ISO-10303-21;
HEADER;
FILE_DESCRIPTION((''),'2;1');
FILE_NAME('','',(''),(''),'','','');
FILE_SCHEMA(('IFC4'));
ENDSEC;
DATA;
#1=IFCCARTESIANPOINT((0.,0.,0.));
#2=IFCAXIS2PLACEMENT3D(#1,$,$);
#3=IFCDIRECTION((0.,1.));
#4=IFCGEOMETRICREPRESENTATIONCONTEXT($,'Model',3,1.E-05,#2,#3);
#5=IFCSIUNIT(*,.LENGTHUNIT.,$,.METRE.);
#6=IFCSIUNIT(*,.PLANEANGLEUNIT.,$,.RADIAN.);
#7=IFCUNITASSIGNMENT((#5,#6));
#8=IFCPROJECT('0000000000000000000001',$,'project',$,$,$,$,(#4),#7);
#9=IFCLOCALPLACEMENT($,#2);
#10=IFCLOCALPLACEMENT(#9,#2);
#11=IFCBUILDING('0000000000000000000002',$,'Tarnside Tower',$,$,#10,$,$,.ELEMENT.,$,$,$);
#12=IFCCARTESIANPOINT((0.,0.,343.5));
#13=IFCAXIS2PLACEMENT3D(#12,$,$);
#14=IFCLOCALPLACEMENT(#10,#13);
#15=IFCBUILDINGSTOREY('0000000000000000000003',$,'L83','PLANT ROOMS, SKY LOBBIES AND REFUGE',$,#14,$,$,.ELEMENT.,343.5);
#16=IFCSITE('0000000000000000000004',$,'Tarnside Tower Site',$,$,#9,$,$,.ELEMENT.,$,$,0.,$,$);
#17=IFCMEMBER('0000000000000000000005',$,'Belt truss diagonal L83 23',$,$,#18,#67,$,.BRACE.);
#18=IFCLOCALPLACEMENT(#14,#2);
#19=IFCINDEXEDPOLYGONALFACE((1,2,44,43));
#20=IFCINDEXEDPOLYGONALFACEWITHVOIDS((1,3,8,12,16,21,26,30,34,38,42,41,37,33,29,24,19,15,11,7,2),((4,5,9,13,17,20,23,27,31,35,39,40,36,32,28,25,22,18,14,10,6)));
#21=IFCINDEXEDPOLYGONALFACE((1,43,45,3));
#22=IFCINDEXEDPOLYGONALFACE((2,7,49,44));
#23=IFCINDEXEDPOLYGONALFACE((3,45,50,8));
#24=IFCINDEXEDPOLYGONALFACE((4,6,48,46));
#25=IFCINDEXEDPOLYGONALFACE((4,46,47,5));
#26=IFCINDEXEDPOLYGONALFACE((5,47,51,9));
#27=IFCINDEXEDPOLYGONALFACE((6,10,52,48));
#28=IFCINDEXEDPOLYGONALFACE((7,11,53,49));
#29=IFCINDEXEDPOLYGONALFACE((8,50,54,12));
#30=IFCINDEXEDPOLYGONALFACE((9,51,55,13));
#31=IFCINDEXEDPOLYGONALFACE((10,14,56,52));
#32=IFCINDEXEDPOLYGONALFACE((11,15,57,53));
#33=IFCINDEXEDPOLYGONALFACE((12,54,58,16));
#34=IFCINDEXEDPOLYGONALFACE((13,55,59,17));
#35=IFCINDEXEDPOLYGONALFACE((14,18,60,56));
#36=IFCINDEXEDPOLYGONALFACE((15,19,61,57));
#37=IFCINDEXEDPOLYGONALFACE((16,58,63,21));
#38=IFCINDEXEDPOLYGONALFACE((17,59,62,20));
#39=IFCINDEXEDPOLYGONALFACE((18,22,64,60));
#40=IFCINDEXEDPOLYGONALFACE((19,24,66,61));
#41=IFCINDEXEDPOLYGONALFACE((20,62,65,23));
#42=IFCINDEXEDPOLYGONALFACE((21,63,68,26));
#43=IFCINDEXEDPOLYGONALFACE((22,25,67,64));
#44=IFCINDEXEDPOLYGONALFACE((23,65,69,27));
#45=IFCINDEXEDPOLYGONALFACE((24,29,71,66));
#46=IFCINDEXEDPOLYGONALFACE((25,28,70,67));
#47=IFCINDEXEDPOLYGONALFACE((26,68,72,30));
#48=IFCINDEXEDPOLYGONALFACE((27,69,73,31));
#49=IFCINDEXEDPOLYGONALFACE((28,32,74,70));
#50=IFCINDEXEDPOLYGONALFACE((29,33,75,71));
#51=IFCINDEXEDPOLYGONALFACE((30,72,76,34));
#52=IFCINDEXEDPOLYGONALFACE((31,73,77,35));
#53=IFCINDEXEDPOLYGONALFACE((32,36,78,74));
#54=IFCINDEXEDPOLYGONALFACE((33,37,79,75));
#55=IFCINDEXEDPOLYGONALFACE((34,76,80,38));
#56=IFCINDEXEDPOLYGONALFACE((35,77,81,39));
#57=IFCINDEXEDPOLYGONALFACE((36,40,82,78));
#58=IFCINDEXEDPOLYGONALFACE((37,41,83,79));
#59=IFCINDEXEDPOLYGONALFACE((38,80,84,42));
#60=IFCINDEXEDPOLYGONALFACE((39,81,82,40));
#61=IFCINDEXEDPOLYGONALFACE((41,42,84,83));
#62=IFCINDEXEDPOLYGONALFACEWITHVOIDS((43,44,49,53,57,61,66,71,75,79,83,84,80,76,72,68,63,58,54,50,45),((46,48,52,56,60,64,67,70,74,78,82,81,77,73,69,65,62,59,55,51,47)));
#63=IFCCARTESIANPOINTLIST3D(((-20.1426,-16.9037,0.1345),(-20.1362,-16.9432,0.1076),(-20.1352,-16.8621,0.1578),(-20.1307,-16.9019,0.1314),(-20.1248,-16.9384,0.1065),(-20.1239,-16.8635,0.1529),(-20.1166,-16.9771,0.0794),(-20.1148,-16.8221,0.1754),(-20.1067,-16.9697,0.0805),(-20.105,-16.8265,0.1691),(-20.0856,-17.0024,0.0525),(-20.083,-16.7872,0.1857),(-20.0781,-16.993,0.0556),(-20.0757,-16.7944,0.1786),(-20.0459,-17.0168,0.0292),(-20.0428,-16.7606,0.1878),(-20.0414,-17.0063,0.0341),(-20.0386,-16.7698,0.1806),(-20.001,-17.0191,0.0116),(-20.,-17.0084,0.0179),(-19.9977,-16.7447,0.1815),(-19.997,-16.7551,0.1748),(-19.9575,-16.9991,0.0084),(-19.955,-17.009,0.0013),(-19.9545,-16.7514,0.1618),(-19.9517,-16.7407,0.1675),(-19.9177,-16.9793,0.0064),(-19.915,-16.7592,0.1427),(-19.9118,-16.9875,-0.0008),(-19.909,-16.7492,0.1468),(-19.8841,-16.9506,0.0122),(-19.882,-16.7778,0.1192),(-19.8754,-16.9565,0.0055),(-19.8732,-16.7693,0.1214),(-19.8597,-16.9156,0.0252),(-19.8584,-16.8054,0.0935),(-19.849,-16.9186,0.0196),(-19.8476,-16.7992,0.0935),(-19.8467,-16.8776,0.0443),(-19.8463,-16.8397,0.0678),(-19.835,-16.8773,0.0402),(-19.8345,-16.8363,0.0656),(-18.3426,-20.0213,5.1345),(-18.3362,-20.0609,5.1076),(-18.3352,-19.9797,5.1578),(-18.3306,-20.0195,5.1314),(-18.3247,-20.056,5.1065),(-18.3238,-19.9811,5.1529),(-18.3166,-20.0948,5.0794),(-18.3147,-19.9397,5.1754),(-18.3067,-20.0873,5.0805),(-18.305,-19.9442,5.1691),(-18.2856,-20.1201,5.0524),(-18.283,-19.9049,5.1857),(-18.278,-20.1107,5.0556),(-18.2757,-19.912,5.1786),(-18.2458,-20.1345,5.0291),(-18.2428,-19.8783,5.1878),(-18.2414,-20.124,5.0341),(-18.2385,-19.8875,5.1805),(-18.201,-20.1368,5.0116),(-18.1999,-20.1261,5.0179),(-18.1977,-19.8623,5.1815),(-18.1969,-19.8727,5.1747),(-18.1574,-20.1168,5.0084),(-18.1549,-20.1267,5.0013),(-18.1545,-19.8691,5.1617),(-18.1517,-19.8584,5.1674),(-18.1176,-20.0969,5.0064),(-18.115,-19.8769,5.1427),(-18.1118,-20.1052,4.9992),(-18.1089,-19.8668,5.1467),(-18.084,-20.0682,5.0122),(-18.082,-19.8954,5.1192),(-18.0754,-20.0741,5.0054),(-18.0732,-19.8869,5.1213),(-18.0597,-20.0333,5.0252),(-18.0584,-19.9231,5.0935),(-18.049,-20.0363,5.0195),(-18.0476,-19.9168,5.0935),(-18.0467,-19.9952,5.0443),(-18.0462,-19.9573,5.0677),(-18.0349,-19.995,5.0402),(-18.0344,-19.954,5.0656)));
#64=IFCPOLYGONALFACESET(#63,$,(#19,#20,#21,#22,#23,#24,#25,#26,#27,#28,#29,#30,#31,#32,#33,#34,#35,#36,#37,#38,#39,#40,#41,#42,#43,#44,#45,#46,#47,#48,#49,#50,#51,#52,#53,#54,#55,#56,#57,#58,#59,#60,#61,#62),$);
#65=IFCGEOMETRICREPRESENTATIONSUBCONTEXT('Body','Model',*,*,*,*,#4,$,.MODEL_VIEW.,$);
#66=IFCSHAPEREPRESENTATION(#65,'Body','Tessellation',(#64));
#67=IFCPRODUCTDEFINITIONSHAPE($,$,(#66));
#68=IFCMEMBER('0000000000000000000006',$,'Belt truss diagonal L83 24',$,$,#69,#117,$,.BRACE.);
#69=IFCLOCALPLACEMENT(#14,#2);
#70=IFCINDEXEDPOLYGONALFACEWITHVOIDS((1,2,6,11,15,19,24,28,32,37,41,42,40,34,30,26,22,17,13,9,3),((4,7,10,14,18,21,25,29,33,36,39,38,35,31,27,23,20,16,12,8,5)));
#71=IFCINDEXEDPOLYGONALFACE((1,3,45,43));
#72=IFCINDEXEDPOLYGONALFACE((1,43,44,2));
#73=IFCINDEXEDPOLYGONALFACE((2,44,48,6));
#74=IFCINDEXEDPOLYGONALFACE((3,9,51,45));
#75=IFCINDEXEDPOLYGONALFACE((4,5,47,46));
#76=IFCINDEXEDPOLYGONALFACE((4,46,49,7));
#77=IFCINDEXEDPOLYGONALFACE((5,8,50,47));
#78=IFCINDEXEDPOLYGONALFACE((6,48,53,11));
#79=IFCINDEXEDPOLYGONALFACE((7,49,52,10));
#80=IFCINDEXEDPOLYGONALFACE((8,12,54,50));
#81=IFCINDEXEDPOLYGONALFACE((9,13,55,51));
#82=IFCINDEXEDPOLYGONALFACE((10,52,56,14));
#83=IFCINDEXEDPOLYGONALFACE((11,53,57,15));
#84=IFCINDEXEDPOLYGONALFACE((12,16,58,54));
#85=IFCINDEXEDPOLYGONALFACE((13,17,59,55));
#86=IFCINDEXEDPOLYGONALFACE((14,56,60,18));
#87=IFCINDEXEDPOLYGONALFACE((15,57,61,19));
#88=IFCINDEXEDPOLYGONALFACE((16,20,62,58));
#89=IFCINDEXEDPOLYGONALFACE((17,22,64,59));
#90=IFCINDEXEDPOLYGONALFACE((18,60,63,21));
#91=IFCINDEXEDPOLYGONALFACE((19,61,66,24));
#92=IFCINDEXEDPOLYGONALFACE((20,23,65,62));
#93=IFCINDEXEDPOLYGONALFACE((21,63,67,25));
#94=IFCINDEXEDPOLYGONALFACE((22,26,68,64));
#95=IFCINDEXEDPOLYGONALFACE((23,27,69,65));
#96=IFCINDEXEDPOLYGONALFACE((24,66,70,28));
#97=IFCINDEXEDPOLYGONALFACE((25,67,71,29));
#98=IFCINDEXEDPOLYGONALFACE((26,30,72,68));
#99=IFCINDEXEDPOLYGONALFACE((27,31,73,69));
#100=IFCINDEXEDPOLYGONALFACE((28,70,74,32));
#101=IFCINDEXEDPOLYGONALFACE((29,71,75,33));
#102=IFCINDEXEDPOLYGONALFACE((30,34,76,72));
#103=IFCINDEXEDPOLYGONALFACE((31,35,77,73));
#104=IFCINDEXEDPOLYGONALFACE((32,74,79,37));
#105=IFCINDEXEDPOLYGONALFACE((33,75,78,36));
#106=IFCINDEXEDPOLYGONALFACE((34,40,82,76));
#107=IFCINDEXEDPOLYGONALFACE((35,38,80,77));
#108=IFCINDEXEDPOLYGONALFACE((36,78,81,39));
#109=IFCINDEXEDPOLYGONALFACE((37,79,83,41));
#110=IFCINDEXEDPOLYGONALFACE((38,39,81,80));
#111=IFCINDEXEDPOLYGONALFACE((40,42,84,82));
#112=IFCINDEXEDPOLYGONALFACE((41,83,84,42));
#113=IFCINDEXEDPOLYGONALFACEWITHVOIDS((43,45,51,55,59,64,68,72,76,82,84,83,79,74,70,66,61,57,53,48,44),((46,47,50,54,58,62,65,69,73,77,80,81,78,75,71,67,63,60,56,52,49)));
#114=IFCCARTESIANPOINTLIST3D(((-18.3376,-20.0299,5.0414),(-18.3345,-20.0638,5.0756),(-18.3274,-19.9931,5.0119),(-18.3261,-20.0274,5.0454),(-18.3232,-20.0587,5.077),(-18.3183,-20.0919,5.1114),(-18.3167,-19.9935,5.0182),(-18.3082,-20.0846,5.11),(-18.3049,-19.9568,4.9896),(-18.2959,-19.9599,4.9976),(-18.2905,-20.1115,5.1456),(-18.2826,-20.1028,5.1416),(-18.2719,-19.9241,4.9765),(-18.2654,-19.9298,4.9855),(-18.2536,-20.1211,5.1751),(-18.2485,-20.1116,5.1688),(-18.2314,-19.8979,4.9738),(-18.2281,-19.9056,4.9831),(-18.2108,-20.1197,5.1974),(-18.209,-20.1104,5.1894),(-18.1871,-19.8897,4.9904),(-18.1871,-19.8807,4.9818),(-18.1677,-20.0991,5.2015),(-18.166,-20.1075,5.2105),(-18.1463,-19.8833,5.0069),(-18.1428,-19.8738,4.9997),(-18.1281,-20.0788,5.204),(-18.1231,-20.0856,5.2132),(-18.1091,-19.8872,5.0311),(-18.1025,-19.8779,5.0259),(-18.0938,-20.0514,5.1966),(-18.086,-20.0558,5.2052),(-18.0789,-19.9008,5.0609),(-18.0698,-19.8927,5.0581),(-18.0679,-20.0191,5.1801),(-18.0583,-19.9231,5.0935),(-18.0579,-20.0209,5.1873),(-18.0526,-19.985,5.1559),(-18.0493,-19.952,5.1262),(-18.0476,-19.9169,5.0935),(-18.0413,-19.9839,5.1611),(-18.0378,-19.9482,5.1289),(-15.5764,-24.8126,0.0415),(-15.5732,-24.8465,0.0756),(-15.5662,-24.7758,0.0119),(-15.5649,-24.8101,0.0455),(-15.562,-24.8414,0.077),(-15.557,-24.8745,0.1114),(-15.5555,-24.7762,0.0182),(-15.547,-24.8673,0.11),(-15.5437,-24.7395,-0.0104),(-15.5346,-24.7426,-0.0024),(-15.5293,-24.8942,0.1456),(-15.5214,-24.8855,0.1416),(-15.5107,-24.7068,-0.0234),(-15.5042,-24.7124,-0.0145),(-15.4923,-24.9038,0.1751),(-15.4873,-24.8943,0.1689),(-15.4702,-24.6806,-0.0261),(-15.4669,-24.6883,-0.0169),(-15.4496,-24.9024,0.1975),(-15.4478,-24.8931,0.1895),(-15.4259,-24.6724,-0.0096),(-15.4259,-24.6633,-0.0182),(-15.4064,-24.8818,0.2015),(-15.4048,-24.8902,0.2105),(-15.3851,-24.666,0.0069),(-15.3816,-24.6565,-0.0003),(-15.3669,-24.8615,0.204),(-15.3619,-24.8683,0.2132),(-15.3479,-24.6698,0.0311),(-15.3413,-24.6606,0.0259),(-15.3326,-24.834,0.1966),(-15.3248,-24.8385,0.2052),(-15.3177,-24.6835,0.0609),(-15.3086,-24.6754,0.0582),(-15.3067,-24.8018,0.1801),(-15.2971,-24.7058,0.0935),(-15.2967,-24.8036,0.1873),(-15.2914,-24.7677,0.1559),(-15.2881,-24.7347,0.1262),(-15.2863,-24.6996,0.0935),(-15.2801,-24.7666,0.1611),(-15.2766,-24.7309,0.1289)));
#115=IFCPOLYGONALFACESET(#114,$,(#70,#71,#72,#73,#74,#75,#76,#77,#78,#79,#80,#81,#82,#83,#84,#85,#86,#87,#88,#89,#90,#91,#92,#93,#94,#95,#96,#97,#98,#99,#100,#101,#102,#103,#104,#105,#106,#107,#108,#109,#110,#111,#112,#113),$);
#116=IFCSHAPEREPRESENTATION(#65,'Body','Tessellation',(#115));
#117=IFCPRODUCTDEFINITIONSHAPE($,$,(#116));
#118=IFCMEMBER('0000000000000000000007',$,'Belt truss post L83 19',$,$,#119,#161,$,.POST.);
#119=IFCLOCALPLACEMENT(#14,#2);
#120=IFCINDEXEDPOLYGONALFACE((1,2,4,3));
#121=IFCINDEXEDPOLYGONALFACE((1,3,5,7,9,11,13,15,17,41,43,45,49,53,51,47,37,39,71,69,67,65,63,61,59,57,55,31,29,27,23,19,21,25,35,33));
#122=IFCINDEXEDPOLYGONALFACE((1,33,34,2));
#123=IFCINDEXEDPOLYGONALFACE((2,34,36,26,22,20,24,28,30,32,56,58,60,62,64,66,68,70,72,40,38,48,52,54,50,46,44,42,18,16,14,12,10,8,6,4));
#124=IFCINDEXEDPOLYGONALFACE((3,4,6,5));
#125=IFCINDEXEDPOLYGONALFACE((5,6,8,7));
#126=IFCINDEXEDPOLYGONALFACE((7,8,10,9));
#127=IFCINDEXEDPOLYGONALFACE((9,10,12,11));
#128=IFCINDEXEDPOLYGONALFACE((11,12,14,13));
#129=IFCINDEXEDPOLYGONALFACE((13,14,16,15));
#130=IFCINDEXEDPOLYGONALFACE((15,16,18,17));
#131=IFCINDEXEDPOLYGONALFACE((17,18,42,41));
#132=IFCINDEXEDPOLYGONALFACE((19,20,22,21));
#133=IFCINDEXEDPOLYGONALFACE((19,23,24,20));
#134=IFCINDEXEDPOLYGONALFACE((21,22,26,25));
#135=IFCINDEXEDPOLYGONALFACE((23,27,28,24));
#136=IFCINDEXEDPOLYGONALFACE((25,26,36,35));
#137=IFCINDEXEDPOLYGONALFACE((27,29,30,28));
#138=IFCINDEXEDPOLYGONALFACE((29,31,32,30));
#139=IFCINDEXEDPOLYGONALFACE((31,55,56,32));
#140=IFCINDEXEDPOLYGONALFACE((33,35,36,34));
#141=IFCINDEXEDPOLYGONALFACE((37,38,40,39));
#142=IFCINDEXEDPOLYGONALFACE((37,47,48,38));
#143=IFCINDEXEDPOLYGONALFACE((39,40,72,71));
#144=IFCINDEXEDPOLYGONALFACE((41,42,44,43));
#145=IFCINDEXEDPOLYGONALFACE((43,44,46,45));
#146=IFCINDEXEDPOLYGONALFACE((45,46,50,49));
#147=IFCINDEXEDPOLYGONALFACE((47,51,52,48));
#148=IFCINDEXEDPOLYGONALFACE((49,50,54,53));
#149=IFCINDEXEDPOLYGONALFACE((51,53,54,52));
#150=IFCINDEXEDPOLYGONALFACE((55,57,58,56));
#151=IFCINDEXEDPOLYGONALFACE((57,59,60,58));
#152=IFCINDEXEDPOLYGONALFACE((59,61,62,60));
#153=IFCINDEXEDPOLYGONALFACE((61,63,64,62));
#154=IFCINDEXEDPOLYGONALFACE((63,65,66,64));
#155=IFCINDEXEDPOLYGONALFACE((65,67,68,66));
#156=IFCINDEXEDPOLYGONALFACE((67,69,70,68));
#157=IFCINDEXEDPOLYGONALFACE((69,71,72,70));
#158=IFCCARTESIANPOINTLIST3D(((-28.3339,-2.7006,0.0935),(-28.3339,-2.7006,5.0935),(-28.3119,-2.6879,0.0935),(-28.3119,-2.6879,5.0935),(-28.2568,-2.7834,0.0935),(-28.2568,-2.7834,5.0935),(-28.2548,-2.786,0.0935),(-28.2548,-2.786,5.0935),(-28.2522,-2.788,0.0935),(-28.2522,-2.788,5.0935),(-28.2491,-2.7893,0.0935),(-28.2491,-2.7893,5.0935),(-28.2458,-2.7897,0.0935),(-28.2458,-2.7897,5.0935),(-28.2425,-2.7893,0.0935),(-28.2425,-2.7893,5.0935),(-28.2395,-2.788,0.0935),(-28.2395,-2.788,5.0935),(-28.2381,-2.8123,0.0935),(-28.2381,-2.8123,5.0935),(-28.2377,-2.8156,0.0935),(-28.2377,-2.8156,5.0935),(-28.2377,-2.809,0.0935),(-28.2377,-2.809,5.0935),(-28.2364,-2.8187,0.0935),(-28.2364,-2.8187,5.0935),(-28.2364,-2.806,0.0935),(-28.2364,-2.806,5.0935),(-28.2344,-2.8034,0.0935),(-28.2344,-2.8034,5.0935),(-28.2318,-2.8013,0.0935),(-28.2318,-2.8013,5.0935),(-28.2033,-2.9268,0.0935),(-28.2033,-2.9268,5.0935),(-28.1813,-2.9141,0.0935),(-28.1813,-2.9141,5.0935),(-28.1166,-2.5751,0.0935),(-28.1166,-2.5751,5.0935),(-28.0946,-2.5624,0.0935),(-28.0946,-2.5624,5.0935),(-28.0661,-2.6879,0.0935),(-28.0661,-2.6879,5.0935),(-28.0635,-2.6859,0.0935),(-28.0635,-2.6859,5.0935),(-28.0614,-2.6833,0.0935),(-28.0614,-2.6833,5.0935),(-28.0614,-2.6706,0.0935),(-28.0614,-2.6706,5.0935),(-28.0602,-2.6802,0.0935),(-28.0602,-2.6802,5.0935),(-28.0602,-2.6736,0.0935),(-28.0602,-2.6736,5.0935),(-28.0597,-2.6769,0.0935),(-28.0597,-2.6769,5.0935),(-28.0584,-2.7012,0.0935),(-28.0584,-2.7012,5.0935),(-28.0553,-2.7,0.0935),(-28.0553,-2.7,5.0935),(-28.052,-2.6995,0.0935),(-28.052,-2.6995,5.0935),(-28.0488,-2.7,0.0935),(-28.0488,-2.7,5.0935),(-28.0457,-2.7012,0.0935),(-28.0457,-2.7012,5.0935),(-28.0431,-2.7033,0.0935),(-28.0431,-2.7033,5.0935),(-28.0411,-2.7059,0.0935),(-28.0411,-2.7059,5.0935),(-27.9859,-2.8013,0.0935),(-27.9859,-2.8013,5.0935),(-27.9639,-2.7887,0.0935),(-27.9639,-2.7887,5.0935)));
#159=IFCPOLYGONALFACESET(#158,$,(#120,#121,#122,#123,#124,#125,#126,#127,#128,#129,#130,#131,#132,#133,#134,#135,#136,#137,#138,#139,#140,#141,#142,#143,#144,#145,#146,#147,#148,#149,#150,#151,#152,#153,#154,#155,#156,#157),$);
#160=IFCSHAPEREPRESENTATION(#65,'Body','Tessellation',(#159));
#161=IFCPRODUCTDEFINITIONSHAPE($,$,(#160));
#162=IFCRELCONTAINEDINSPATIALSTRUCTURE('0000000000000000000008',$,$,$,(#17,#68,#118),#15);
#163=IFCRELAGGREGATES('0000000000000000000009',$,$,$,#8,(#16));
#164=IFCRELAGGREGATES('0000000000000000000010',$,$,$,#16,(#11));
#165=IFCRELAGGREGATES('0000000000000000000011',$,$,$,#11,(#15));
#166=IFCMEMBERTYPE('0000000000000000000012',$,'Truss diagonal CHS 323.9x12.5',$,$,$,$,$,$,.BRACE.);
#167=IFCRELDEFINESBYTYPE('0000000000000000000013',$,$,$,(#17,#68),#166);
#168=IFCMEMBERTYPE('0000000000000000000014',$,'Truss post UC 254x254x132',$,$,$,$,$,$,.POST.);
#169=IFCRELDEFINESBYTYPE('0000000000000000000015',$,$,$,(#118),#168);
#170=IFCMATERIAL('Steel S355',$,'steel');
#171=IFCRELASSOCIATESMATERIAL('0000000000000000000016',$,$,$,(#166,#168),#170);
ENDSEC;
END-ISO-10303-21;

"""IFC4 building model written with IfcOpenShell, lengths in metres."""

from ifc_helpers import new_model, si_unit, direction, frame, origin, origin_2d, place, context, subcontext, project, spatial, hollow_circle, i_section, extrude, material, material_profile, profile_set, type_object, element, save


model = new_model("IFC4")

# Units and contexts
model_context = context("Model", 3, precision=1e-05, world=origin(), true_north=direction((0.0, 1.0)))
body_context = subcontext(model_context, "Body", "Model", "MODEL_VIEW")
ifc_project = project(units=[si_unit("LENGTHUNIT", "METRE"), si_unit("PLANEANGLEUNIT", "RADIAN")], contexts=[model_context])

# Site, building, storey
site_placement = place(None, origin())
site = spatial("IfcSite", under=ifc_project, at=site_placement, Name="Tarnside Tower Site", CompositionType="ELEMENT", RefElevation=0.0)
building_placement = place(site_placement, origin())
building = spatial("IfcBuilding", under=site, at=building_placement, Name="Tarnside Tower", CompositionType="ELEMENT")
storey_placement = place(building_placement, frame((0.0, 0.0, 343.5)))
storey = spatial("IfcBuildingStorey", under=building, at=storey_placement, Name="L83", Description="PLANT ROOMS, SKY LOBBIES AND REFUGE", CompositionType="ELEMENT", Elevation=343.5)

# Shared definitions
ifc_material_1 = material(Name="Steel S355", Category="steel")

# Members
ifc_material_profile_1 = material_profile(ifc_material_1, hollow_circle(Radius=0.1619, WallThickness=0.0125, at=origin_2d()), Name="CHS 323.9x12.5")
ifc_profile_set_1 = profile_set([ifc_material_profile_1], Name="Steel S355")
member_type_1 = type_object("IfcMemberType", Name="Truss diagonal CHS 323.9x12.5", PredefinedType="BRACE", material=ifc_profile_set_1)
for number, where, z_axis, x_axis, name in (
    (1, (-19.9878, -16.8801, 0.0935), (0.29216, -0.50602, 0.811534), (0.866018, 0.500012, 0.0), "Belt truss diagonal L83 23"),
):
    element("IfcMember", number, at=place(storey_placement, frame(where, z_axis=z_axis, x_axis=x_axis)), inside=storey, type_object=member_type_1, Name=name, PredefinedType="BRACE", context=body_context, shape_type="SweptSolid", body=[
        extrude(hollow_circle(Radius=0.1619, WallThickness=0.0125, at=origin_2d()), origin(), (0.0, 0.0, 1.0), 6.1611),
    ])
member_1_placement = place(storey_placement, frame((-18.1877, -19.9978, 5.0935), z_axis=(0.370647, -0.641997, -0.671164), x_axis=(0.866031, 0.49999, 0.0)))
element("IfcMember", 2, at=member_1_placement, inside=storey, type_object=member_type_1, Name="Belt truss diagonal L83 24", PredefinedType="BRACE", context=body_context, shape_type="SweptSolid", body=[
    extrude(hollow_circle(Radius=0.1619, WallThickness=0.0125, at=origin_2d()), origin(), (0.0, 0.0, 1.0), 7.4497),
])
ifc_material_profile_2 = material_profile(ifc_material_1, i_section(OverallWidth=0.2612, OverallDepth=0.2764, WebThickness=0.0154, FlangeThickness=0.0254, FilletRadius=0.0127, at=origin_2d()), Name="UC 254x254x132")
ifc_profile_set_2 = profile_set([ifc_material_profile_2], Name="Steel S355")
member_type_2 = type_object("IfcMemberType", Name="Truss post UC 254x254x132", PredefinedType="POST", material=ifc_profile_set_2)
for number, where, z_axis, x_axis, name in (
    (3, (-28.1489, -2.7446, 0.0935), (0.0, 0.0, 1.0), (0.5, -0.866025, 0.0), "Belt truss post L83 19"),
):
    element("IfcMember", number, at=place(storey_placement, frame(where, z_axis=z_axis, x_axis=x_axis)), inside=storey, type_object=member_type_2, Name=name, PredefinedType="POST", context=body_context, shape_type="SweptSolid", body=[
        extrude(i_section(OverallWidth=0.2612, OverallDepth=0.2764, WebThickness=0.0154, FlangeThickness=0.0254, FilletRadius=0.0127, at=origin_2d()), origin(), (0.0, 0.0, 1.0), 5.0),
    ])

save(model, "model.ifc")
